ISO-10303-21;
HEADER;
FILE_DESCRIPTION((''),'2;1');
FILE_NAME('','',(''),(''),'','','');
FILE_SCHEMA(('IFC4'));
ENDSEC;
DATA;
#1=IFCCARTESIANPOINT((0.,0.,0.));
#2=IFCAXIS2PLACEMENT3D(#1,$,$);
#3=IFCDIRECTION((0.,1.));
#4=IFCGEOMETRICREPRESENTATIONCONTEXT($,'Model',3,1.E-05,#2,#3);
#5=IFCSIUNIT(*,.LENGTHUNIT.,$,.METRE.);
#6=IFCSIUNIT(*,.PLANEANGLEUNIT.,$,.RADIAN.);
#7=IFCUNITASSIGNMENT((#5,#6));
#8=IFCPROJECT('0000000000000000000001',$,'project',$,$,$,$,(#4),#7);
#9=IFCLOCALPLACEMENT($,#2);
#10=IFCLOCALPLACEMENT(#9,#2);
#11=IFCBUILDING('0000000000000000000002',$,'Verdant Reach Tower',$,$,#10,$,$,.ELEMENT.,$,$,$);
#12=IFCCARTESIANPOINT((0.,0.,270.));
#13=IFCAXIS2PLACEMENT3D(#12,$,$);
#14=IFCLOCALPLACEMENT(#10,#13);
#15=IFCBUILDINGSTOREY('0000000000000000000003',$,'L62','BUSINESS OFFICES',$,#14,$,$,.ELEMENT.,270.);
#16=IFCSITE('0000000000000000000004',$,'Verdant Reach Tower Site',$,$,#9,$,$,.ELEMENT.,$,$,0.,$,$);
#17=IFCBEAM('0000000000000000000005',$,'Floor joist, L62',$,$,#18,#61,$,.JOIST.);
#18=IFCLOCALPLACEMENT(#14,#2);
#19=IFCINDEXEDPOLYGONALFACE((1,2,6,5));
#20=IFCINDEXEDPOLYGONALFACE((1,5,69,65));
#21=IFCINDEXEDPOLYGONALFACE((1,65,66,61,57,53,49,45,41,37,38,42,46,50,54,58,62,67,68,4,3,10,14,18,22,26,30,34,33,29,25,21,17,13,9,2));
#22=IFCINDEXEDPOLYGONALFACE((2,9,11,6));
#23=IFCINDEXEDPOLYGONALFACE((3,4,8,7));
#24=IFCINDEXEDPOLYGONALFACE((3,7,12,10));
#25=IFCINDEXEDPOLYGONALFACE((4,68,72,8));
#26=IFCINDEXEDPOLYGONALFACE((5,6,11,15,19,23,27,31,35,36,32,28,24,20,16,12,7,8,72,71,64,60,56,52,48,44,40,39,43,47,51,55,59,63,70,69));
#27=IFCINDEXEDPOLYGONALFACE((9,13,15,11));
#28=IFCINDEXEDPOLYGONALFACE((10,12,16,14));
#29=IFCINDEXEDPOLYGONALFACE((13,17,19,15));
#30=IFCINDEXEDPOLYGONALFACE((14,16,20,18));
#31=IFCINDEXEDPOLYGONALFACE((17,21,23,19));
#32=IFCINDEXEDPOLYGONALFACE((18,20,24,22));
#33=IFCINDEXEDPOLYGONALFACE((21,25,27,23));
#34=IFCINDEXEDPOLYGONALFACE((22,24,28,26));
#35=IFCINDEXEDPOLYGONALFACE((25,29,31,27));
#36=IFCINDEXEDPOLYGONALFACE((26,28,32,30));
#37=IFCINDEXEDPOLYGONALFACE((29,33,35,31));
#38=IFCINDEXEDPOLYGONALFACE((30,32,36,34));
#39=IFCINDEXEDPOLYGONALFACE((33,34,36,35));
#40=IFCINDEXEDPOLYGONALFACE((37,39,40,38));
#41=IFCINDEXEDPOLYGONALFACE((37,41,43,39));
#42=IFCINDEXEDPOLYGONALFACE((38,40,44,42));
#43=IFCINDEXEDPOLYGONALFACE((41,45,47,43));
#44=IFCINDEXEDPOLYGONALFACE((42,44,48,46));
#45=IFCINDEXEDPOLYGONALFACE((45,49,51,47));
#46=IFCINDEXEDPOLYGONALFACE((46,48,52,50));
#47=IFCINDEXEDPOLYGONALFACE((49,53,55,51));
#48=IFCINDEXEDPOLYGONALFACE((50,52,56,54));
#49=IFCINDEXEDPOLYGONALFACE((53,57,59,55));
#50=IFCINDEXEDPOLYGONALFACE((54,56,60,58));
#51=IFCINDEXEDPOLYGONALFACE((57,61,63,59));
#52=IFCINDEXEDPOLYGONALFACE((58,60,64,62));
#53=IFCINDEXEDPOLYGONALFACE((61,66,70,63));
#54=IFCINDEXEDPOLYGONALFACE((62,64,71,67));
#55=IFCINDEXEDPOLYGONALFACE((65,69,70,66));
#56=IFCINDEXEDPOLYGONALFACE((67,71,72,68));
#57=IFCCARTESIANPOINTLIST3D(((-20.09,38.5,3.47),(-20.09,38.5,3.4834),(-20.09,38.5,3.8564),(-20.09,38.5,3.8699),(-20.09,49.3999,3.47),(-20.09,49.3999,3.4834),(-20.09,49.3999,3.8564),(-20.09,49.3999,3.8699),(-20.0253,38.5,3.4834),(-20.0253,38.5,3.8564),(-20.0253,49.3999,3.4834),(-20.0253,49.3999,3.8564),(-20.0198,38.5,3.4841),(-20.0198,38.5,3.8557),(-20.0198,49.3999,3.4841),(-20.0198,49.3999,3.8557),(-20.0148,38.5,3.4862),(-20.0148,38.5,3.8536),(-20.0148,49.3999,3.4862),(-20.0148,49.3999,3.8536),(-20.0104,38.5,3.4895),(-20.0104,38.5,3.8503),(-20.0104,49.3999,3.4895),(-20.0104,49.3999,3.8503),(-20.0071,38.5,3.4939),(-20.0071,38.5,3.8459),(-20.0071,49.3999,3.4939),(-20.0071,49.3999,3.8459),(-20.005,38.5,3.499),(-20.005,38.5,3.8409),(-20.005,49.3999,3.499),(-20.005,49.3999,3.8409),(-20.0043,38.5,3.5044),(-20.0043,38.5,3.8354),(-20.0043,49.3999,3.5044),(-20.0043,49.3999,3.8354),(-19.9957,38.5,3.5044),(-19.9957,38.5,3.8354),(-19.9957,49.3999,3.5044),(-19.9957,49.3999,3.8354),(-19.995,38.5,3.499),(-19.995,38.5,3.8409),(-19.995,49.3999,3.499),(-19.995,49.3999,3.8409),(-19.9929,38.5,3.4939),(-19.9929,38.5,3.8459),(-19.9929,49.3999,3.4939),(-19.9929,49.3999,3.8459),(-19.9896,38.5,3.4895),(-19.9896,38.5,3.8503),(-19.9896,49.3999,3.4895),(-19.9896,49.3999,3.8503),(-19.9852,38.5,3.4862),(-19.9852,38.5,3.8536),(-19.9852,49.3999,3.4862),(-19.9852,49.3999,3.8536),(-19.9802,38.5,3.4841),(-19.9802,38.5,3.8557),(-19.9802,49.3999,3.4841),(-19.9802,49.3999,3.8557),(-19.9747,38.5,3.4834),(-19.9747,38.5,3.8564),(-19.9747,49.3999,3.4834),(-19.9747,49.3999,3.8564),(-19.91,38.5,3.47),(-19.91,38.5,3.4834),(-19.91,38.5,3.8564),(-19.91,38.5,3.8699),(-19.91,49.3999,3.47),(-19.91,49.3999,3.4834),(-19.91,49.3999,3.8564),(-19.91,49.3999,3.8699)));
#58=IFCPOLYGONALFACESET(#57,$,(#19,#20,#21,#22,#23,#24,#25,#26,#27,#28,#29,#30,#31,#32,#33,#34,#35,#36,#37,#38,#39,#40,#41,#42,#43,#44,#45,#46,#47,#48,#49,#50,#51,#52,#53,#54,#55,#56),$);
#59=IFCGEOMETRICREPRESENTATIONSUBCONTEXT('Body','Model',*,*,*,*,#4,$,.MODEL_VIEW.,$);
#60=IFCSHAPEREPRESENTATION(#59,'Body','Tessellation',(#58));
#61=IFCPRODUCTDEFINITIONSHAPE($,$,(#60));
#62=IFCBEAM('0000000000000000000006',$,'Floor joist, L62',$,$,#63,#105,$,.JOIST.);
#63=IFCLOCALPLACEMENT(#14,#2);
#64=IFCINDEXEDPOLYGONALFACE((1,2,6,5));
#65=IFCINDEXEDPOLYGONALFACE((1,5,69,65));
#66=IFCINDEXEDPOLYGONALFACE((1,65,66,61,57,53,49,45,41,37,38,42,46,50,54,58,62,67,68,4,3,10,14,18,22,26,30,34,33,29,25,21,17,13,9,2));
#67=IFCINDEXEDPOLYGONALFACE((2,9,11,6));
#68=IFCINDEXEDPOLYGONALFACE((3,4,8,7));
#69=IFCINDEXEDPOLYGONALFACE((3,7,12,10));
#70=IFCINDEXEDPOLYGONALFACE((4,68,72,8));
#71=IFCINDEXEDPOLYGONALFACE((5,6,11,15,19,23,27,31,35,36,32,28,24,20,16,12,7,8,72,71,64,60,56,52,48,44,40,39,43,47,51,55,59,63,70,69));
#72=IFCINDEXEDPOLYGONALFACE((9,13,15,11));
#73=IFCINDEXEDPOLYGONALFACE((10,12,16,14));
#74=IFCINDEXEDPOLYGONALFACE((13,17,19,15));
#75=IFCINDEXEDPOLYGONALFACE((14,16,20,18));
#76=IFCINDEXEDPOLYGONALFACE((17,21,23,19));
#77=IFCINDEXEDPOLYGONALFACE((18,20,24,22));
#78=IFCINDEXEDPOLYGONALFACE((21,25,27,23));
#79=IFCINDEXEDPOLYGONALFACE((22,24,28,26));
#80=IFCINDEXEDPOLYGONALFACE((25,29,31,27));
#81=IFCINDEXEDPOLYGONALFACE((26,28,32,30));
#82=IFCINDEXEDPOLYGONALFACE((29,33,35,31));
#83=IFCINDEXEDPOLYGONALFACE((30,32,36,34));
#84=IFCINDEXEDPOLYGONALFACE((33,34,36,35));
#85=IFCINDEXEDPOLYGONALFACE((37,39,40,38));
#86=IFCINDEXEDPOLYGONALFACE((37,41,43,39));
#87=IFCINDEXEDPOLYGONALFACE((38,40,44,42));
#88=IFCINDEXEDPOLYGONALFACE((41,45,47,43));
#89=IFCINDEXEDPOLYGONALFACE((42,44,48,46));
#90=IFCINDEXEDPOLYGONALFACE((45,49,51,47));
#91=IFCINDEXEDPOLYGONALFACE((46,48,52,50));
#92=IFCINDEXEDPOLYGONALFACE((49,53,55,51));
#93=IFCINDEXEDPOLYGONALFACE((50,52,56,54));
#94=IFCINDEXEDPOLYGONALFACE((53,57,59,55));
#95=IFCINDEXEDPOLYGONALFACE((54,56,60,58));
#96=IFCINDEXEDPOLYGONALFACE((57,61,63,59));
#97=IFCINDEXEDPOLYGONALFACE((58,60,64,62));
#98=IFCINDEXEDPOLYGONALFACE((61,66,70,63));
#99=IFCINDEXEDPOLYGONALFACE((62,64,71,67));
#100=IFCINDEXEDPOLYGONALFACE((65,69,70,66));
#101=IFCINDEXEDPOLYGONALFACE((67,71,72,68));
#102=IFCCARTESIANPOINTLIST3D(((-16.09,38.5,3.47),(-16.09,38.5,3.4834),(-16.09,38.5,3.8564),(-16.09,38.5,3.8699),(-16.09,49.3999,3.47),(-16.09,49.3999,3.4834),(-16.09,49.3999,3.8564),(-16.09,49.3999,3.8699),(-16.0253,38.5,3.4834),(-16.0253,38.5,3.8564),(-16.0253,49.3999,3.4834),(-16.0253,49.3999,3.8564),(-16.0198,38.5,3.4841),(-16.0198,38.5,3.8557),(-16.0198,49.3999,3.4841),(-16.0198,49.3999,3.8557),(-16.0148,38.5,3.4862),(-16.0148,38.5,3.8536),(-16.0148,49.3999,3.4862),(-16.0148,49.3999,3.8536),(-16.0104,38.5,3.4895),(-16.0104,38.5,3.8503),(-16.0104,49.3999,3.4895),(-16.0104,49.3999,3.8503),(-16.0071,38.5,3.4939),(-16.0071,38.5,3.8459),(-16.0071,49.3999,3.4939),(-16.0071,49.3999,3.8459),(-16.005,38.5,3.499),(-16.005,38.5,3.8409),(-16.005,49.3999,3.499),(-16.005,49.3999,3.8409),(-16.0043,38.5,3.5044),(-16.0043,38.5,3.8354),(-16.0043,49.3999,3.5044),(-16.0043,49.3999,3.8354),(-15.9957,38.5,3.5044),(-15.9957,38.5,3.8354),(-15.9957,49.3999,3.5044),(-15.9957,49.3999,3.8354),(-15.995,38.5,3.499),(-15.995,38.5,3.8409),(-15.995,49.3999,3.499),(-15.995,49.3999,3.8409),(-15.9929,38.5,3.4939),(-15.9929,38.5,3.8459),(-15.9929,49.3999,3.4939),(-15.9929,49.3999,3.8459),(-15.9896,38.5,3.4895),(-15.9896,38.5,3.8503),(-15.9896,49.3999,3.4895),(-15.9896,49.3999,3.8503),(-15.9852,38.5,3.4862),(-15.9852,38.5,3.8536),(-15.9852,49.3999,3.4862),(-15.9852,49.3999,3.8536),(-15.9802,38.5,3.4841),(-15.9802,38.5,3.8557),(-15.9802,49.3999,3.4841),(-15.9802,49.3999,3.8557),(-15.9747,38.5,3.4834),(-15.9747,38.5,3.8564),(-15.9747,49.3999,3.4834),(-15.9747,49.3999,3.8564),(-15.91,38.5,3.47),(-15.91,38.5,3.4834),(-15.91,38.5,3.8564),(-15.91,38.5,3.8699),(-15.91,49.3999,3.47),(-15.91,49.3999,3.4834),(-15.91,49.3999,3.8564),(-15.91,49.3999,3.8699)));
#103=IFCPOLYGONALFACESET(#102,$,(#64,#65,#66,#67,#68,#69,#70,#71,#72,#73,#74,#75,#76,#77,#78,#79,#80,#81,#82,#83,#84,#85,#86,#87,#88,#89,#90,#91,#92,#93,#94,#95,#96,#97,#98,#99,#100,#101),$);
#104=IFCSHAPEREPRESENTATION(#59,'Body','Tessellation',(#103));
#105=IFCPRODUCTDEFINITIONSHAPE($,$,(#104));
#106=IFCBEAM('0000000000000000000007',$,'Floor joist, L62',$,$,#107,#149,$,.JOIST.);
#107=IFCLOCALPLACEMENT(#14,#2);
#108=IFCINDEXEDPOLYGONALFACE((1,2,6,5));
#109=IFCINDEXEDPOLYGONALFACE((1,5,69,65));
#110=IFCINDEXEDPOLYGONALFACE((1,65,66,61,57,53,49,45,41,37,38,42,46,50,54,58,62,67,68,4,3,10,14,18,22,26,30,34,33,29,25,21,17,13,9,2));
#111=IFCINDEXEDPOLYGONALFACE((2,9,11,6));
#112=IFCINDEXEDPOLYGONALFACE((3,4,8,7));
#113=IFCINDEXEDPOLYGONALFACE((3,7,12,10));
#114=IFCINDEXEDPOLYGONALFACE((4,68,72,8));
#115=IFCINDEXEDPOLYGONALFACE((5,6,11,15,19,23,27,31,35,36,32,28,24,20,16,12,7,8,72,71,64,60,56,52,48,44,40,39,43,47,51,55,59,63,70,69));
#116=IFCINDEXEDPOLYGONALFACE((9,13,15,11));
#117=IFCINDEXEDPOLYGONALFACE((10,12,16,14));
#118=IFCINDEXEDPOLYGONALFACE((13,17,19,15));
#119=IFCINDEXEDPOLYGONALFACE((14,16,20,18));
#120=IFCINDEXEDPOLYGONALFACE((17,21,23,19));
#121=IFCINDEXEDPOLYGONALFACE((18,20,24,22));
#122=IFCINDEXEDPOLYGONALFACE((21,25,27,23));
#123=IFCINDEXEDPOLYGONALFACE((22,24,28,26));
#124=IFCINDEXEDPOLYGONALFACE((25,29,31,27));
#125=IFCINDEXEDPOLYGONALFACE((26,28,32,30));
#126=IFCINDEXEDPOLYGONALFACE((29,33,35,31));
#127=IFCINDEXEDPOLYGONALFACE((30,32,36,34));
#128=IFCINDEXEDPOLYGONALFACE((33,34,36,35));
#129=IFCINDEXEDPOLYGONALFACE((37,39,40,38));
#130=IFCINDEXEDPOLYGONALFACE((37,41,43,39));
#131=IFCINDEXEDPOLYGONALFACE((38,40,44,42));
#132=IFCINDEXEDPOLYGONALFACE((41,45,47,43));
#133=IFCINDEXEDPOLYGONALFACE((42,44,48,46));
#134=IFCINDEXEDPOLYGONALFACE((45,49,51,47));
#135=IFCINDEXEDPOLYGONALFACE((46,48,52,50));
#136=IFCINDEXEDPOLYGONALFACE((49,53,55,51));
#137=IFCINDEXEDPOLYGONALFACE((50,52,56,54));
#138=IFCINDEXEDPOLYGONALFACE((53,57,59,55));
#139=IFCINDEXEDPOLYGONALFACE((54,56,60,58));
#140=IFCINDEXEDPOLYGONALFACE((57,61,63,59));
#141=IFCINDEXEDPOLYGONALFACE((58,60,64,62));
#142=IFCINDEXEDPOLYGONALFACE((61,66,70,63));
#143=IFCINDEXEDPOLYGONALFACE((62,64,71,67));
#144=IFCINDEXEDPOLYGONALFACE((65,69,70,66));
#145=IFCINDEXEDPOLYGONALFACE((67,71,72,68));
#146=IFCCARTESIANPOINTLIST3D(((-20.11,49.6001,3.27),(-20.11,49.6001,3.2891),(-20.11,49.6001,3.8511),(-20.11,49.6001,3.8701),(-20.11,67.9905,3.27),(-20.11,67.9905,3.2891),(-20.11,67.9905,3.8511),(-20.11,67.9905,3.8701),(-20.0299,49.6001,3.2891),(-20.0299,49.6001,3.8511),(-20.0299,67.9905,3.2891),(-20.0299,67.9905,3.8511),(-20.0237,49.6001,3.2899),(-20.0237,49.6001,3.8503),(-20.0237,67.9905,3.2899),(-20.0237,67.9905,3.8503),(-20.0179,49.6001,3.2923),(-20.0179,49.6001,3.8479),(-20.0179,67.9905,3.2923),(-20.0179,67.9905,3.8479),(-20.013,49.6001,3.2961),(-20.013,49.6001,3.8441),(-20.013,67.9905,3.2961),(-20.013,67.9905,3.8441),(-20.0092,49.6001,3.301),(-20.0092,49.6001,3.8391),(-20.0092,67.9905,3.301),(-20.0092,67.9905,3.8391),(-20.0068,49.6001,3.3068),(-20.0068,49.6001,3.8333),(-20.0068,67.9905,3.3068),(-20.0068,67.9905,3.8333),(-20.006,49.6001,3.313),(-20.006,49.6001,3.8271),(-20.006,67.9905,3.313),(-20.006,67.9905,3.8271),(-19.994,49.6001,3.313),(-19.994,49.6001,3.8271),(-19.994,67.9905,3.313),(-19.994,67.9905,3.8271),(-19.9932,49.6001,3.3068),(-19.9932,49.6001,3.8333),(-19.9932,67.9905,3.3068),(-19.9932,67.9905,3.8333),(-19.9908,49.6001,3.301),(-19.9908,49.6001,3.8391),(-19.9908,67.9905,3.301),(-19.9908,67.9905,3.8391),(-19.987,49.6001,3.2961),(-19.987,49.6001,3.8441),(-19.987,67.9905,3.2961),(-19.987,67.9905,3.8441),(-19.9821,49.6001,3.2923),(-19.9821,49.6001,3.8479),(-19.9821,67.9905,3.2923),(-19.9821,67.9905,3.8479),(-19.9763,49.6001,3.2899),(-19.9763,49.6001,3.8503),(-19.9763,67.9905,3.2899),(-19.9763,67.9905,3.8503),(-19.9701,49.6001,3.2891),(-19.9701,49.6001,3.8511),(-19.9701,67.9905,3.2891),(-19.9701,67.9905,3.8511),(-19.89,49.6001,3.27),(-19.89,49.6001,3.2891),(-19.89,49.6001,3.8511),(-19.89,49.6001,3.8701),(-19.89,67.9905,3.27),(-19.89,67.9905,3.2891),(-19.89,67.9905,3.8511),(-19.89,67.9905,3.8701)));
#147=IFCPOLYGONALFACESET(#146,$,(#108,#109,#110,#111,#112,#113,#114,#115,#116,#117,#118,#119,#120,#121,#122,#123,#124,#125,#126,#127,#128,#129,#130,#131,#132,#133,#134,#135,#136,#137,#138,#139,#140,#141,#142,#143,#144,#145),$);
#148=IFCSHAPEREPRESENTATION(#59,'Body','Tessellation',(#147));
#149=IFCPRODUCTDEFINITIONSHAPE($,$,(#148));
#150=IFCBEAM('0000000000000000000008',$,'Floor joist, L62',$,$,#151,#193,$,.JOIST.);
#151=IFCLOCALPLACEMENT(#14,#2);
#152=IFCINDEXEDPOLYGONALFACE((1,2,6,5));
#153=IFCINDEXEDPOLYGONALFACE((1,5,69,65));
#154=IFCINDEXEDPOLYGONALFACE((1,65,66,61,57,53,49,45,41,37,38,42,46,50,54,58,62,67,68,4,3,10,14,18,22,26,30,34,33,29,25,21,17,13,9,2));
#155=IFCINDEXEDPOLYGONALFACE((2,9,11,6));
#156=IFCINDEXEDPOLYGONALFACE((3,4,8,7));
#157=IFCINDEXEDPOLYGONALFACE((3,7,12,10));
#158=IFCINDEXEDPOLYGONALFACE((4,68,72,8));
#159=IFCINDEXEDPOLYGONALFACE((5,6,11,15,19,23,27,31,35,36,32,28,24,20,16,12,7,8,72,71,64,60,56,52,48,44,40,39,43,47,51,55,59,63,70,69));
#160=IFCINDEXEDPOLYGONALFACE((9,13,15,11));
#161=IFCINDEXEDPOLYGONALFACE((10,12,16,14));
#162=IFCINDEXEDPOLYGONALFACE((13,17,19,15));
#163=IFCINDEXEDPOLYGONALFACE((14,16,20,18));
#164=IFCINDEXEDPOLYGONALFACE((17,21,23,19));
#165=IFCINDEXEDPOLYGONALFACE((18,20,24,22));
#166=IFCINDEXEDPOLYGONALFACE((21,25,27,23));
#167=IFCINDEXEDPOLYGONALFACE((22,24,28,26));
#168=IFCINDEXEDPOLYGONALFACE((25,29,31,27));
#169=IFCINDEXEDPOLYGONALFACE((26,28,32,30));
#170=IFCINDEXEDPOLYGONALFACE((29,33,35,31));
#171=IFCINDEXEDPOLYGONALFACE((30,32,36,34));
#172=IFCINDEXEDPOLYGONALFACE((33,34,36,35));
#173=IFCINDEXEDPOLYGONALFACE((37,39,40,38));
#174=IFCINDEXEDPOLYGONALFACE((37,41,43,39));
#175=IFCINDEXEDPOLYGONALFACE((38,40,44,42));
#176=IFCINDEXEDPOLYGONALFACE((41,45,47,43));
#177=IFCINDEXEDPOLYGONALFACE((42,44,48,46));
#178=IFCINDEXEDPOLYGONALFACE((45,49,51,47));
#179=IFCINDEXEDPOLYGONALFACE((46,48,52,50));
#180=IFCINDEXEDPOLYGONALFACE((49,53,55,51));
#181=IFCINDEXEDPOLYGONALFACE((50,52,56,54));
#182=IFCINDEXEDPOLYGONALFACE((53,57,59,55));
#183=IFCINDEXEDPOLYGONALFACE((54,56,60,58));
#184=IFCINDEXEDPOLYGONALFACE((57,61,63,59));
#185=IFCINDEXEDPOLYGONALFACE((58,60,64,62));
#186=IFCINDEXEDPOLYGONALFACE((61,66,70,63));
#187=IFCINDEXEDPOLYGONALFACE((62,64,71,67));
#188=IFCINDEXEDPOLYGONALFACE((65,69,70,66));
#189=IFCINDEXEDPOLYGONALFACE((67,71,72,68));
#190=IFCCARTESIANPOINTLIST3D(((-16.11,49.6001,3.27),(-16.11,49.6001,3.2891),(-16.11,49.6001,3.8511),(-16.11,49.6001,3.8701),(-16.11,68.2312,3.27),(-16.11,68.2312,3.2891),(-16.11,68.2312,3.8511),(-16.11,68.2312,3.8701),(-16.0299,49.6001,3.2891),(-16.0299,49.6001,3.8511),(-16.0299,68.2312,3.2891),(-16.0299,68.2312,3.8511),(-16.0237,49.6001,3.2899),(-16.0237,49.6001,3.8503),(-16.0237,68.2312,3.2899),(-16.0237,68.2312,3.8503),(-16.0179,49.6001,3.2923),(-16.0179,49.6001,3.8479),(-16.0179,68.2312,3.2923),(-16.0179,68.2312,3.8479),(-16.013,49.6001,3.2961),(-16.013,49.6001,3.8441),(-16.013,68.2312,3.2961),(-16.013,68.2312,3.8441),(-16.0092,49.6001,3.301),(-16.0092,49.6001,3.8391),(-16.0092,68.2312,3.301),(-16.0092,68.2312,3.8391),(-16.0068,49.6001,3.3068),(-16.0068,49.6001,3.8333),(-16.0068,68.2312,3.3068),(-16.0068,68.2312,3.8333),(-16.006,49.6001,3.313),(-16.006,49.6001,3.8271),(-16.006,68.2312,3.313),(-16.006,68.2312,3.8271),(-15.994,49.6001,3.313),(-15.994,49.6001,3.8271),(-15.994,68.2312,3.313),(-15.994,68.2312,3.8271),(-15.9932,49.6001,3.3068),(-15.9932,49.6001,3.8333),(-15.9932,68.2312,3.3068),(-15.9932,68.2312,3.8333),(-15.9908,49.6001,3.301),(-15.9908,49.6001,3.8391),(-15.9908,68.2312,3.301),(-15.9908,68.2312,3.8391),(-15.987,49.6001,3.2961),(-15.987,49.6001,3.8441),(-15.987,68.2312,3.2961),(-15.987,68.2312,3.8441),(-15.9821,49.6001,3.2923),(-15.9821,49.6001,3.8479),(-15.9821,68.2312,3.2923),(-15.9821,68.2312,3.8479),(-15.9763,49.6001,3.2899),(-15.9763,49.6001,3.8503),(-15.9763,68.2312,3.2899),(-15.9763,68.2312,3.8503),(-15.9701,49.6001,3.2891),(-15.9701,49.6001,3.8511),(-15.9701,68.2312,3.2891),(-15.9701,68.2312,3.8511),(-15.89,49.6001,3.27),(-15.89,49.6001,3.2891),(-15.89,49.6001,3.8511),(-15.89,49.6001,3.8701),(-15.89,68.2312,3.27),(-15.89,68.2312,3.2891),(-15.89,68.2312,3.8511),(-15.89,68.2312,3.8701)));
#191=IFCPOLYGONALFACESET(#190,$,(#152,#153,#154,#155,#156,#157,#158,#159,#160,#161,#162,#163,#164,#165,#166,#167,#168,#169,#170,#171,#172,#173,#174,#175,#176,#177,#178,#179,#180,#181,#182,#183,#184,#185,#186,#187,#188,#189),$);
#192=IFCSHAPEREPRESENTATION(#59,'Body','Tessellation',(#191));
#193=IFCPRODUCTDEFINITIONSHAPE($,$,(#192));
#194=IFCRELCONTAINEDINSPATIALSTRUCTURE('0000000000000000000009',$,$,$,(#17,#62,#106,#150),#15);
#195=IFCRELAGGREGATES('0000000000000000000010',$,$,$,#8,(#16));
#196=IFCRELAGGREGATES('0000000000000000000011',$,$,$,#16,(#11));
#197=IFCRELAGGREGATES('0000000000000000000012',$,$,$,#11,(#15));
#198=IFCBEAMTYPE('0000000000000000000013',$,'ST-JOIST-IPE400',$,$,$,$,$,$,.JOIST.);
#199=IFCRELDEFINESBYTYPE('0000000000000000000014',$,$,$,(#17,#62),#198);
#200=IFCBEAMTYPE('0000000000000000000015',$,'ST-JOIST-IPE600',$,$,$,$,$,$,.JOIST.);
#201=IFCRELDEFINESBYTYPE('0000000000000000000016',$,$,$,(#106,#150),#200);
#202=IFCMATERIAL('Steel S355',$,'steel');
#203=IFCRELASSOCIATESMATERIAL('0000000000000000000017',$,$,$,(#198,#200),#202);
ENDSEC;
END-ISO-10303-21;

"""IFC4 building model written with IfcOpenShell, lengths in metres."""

from ifc_helpers import new_model, si_unit, direction, frame, origin, origin_2d, place, context, subcontext, project, spatial, i_section, extrude, material, material_profile, profile_set, type_object, element, save


model = new_model("IFC4")

# Units and contexts
model_context = context("Model", 3, precision=1e-05, world=origin(), true_north=direction((0.0, 1.0)))
body_context = subcontext(model_context, "Body", "Model", "MODEL_VIEW")
ifc_project = project(units=[si_unit("LENGTHUNIT", "METRE"), si_unit("PLANEANGLEUNIT", "RADIAN")], contexts=[model_context])

# Site, building, storey
site_placement = place(None, origin())
site = spatial("IfcSite", under=ifc_project, at=site_placement, Name="Verdant Reach Tower Site", CompositionType="ELEMENT", RefElevation=0.0)
building_placement = place(site_placement, origin())
building = spatial("IfcBuilding", under=site, at=building_placement, Name="Verdant Reach Tower", CompositionType="ELEMENT")
storey_placement = place(building_placement, frame((0.0, 0.0, 270.0)))
storey = spatial("IfcBuildingStorey", under=building, at=storey_placement, Name="L62", Description="BUSINESS OFFICES", CompositionType="ELEMENT", Elevation=270.0)

# Beams
ifc_material_1 = material(Name="Steel S355", Category="steel")
ifc_material_profile_1 = material_profile(ifc_material_1, i_section(OverallWidth=0.1799, OverallDepth=0.3999, WebThickness=0.0085, FlangeThickness=0.0134, FilletRadius=0.021, at=origin_2d()), Name="IPE 400")
ifc_profile_set_1 = profile_set([ifc_material_profile_1], Name="Steel S355")
beam_type_1 = type_object("IfcBeamType", Name="ST-JOIST-IPE400", PredefinedType="JOIST", material=ifc_profile_set_1)
for number, where, z_axis, x_axis, name in (
    (1, (-20.0, 38.5, 3.6699), (0.0, 1.0, 0.0), (-1.0, 0.0, 0.0), "Floor joist, L62"),
    (2, (-16.0, 38.5, 3.6699), (0.0, 1.0, 0.0), (-1.0, 0.0, 0.0), "Floor joist, L62"),
):
    element("IfcBeam", number, at=place(storey_placement, frame(where, z_axis=z_axis, x_axis=x_axis)), inside=storey, type_object=beam_type_1, Name=name, PredefinedType="JOIST", context=body_context, shape_type="SweptSolid", body=[
        extrude(i_section(OverallWidth=0.1799, OverallDepth=0.3999, WebThickness=0.0085, FlangeThickness=0.0134, FilletRadius=0.021, at=origin_2d()), origin(), (0.0, 0.0, 1.0), 10.8999),
    ])
ifc_material_profile_2 = material_profile(ifc_material_1, i_section(OverallWidth=0.22, OverallDepth=0.6001, WebThickness=0.012, FlangeThickness=0.019, FilletRadius=0.0239, at=origin_2d()), Name="IPE 600")
ifc_profile_set_2 = profile_set([ifc_material_profile_2], Name="Steel S355")
beam_type_2 = type_object("IfcBeamType", Name="ST-JOIST-IPE600", PredefinedType="JOIST", material=ifc_profile_set_2)
beam_1_placement = place(storey_placement, frame((-20.0, 49.6001, 3.5701), z_axis=(0.0, 1.0, 0.0), x_axis=(-1.0, 0.0, 0.0)))
element("IfcBeam", 3, at=beam_1_placement, inside=storey, type_object=beam_type_2, Name="Floor joist, L62", PredefinedType="JOIST", context=body_context, shape_type="SweptSolid", body=[
    extrude(i_section(OverallWidth=0.22, OverallDepth=0.6001, WebThickness=0.012, FlangeThickness=0.019, FilletRadius=0.0239, at=origin_2d()), origin(), (0.0, 0.0, 1.0), 18.3904),
])
beam_2_placement = place(storey_placement, frame((-16.0, 49.6001, 3.5701), z_axis=(0.0, 1.0, 0.0), x_axis=(-1.0, 0.0, 0.0)))
element("IfcBeam", 4, at=beam_2_placement, inside=storey, type_object=beam_type_2, Name="Floor joist, L62", PredefinedType="JOIST", context=body_context, shape_type="SweptSolid", body=[
    extrude(i_section(OverallWidth=0.22, OverallDepth=0.6001, WebThickness=0.012, FlangeThickness=0.019, FilletRadius=0.0239, at=origin_2d()), origin(), (0.0, 0.0, 1.0), 18.6311),
])

save(model, "model.ifc")
